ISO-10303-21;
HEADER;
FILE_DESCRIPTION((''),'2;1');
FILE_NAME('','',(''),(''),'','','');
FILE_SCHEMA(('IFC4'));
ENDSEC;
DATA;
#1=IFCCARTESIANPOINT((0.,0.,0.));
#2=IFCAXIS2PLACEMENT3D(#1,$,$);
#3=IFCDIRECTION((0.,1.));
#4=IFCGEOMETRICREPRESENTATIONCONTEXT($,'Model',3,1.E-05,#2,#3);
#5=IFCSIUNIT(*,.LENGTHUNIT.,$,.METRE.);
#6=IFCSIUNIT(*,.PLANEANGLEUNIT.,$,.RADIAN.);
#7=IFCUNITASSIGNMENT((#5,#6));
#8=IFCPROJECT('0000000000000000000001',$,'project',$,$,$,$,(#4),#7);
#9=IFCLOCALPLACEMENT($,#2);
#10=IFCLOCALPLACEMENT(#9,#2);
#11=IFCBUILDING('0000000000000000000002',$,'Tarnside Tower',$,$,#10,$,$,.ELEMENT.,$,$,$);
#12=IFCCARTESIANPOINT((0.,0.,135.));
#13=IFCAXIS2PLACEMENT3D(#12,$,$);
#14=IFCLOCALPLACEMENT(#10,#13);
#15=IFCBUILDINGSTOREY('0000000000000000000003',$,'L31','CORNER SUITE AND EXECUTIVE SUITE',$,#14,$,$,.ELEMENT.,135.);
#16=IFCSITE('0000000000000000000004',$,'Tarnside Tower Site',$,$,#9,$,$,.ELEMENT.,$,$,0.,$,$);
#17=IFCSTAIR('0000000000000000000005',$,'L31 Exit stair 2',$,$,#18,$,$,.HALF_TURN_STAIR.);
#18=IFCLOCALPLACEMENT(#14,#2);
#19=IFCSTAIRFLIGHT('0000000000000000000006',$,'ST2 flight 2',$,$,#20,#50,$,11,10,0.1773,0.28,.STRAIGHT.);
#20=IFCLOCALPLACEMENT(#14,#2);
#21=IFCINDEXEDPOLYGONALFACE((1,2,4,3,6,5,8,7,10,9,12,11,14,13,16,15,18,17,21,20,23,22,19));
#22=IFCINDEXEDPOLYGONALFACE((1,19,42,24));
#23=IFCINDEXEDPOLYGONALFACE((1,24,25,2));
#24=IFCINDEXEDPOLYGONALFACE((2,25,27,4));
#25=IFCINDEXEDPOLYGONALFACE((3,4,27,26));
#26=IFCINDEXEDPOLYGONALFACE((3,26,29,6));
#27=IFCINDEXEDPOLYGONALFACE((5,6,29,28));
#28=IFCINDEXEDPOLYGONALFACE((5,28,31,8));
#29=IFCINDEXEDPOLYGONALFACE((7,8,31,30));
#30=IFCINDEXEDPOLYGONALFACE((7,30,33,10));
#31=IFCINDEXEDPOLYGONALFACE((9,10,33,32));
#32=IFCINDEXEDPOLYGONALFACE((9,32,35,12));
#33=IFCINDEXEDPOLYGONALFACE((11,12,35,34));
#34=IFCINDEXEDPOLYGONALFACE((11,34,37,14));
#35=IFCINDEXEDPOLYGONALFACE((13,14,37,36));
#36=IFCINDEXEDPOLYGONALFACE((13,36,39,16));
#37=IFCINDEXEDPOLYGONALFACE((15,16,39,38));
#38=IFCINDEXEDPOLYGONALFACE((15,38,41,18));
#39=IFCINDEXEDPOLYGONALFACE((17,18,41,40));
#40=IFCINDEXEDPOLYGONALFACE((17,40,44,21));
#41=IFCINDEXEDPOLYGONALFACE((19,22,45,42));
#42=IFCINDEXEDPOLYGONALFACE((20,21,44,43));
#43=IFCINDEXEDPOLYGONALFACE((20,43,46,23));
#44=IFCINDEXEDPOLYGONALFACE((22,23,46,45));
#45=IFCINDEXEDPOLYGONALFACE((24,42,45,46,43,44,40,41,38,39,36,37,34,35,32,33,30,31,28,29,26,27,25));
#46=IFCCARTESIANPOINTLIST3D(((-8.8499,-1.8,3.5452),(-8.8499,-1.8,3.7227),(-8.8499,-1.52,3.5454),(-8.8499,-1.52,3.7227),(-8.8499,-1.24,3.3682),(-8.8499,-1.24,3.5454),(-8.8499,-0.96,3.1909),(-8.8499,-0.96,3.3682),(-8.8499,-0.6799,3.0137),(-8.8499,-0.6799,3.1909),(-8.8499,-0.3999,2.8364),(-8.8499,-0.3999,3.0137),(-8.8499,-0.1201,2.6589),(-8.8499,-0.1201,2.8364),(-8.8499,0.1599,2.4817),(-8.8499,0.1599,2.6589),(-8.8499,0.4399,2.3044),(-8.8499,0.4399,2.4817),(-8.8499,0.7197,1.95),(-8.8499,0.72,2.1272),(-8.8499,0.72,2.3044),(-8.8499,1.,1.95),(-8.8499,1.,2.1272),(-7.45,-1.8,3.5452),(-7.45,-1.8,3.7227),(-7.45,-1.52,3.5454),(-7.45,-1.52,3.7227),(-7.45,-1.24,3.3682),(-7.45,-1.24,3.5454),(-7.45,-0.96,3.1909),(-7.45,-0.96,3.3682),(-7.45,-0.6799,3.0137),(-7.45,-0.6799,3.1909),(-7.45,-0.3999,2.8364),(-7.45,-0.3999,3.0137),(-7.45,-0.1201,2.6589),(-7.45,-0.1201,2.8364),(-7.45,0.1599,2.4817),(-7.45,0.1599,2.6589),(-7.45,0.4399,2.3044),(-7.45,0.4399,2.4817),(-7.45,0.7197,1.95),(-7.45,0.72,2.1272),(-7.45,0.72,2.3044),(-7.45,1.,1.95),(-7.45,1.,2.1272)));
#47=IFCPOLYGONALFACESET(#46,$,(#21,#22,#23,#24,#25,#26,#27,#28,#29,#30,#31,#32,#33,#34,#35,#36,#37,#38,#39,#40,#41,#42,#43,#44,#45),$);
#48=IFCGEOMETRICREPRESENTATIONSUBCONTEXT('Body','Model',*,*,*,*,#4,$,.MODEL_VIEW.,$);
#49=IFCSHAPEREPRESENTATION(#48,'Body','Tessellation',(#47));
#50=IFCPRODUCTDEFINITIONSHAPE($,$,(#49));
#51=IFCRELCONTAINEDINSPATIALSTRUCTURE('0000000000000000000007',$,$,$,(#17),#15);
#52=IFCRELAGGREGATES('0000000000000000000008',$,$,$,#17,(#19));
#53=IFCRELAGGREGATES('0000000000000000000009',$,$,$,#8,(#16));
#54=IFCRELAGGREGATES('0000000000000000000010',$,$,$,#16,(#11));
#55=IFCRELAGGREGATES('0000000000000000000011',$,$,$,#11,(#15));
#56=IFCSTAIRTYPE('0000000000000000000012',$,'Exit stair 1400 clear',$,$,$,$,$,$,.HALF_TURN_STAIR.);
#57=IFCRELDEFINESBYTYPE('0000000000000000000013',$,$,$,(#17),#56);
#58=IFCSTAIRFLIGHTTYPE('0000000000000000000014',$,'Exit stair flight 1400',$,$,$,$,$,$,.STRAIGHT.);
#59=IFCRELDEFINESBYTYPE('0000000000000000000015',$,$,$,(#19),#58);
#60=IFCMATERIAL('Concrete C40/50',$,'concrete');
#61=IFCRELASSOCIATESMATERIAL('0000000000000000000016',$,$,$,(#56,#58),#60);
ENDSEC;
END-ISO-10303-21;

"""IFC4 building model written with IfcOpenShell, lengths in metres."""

from ifc_helpers import new_model, si_unit, direction, frame, origin, place, context, subcontext, project, spatial, polyline, outline, extrude, material, type_object, element, aggregate, save


model = new_model("IFC4")

# Units and contexts
model_context = context("Model", 3, precision=1e-05, world=origin(), true_north=direction((0.0, 1.0)))
body_context = subcontext(model_context, "Body", "Model", "MODEL_VIEW")
ifc_project = project(units=[si_unit("LENGTHUNIT", "METRE"), si_unit("PLANEANGLEUNIT", "RADIAN")], contexts=[model_context])

# Site, building, storey
site_placement = place(None, origin())
site = spatial("IfcSite", under=ifc_project, at=site_placement, Name="Tarnside Tower Site", CompositionType="ELEMENT", RefElevation=0.0)
building_placement = place(site_placement, origin())
building = spatial("IfcBuilding", under=site, at=building_placement, Name="Tarnside Tower", CompositionType="ELEMENT")
storey_placement = place(building_placement, frame((0.0, 0.0, 135.0)))
storey = spatial("IfcBuildingStorey", under=building, at=storey_placement, Name="L31", Description="CORNER SUITE AND EXECUTIVE SUITE", CompositionType="ELEMENT", Elevation=135.0)

# Shared definitions
ifc_material_1 = material(Name="Concrete C40/50", Category="concrete")

# Stair, stair flight
stair_type = type_object("IfcStairType", Name="Exit stair 1400 clear", PredefinedType="HALF_TURN_STAIR", material=ifc_material_1)
stair_placement = place(storey_placement, origin())
stair = element("IfcStair", 1, at=stair_placement, inside=storey, type_object=stair_type, Name="L31 Exit stair 2", PredefinedType="HALF_TURN_STAIR")
stair_flight_type = type_object("IfcStairFlightType", Name="Exit stair flight 1400", PredefinedType="STRAIGHT", material=ifc_material_1)
stair_flight_placement = place(storey_placement, frame((-8.1499, 1.0, 1.95), z_axis=(0.0, 0.0, 1.0), x_axis=(0.0, -1.0, 0.0)))
stair_flight = element("IfcStairFlight", 2, at=stair_flight_placement, type_object=stair_flight_type, Name="ST2 flight 2", NumberOfRisers=11, NumberOfTreads=10, PredefinedType="STRAIGHT", RiserHeight=0.1773, TreadLength=0.28, context=body_context, shape_type="SweptSolid", body=[
    extrude(outline(polyline([(0.0, 0.0), (0.0, 0.1772), (0.28, 0.1772), (0.28, 0.3545), (0.5601, 0.3545), (0.5601, 0.5317), (0.8401, 0.5317), (0.8401, 0.709), (1.1201, 0.709), (1.1201, 0.8865), (1.3999, 0.8865), (1.3999, 1.0637), (1.6799, 1.0637), (1.6799, 1.241), (1.96, 1.241), (1.96, 1.4182), (2.24, 1.4182), (2.24, 1.5955), (2.52, 1.5955), (2.52, 1.7727), (2.8, 1.7727), (2.8, 1.95), (2.8, 1.5952), (0.2803, 0.0), (0.0, 0.0)])), frame((0.0, 0.7, 0.0), z_axis=(0.0, -1.0, 0.0), x_axis=(1.0, 0.0, 0.0)), (0.0, 0.0, 1.0), 1.3999),
])
aggregate(stair, [stair_flight])

save(model, "model.ifc")
